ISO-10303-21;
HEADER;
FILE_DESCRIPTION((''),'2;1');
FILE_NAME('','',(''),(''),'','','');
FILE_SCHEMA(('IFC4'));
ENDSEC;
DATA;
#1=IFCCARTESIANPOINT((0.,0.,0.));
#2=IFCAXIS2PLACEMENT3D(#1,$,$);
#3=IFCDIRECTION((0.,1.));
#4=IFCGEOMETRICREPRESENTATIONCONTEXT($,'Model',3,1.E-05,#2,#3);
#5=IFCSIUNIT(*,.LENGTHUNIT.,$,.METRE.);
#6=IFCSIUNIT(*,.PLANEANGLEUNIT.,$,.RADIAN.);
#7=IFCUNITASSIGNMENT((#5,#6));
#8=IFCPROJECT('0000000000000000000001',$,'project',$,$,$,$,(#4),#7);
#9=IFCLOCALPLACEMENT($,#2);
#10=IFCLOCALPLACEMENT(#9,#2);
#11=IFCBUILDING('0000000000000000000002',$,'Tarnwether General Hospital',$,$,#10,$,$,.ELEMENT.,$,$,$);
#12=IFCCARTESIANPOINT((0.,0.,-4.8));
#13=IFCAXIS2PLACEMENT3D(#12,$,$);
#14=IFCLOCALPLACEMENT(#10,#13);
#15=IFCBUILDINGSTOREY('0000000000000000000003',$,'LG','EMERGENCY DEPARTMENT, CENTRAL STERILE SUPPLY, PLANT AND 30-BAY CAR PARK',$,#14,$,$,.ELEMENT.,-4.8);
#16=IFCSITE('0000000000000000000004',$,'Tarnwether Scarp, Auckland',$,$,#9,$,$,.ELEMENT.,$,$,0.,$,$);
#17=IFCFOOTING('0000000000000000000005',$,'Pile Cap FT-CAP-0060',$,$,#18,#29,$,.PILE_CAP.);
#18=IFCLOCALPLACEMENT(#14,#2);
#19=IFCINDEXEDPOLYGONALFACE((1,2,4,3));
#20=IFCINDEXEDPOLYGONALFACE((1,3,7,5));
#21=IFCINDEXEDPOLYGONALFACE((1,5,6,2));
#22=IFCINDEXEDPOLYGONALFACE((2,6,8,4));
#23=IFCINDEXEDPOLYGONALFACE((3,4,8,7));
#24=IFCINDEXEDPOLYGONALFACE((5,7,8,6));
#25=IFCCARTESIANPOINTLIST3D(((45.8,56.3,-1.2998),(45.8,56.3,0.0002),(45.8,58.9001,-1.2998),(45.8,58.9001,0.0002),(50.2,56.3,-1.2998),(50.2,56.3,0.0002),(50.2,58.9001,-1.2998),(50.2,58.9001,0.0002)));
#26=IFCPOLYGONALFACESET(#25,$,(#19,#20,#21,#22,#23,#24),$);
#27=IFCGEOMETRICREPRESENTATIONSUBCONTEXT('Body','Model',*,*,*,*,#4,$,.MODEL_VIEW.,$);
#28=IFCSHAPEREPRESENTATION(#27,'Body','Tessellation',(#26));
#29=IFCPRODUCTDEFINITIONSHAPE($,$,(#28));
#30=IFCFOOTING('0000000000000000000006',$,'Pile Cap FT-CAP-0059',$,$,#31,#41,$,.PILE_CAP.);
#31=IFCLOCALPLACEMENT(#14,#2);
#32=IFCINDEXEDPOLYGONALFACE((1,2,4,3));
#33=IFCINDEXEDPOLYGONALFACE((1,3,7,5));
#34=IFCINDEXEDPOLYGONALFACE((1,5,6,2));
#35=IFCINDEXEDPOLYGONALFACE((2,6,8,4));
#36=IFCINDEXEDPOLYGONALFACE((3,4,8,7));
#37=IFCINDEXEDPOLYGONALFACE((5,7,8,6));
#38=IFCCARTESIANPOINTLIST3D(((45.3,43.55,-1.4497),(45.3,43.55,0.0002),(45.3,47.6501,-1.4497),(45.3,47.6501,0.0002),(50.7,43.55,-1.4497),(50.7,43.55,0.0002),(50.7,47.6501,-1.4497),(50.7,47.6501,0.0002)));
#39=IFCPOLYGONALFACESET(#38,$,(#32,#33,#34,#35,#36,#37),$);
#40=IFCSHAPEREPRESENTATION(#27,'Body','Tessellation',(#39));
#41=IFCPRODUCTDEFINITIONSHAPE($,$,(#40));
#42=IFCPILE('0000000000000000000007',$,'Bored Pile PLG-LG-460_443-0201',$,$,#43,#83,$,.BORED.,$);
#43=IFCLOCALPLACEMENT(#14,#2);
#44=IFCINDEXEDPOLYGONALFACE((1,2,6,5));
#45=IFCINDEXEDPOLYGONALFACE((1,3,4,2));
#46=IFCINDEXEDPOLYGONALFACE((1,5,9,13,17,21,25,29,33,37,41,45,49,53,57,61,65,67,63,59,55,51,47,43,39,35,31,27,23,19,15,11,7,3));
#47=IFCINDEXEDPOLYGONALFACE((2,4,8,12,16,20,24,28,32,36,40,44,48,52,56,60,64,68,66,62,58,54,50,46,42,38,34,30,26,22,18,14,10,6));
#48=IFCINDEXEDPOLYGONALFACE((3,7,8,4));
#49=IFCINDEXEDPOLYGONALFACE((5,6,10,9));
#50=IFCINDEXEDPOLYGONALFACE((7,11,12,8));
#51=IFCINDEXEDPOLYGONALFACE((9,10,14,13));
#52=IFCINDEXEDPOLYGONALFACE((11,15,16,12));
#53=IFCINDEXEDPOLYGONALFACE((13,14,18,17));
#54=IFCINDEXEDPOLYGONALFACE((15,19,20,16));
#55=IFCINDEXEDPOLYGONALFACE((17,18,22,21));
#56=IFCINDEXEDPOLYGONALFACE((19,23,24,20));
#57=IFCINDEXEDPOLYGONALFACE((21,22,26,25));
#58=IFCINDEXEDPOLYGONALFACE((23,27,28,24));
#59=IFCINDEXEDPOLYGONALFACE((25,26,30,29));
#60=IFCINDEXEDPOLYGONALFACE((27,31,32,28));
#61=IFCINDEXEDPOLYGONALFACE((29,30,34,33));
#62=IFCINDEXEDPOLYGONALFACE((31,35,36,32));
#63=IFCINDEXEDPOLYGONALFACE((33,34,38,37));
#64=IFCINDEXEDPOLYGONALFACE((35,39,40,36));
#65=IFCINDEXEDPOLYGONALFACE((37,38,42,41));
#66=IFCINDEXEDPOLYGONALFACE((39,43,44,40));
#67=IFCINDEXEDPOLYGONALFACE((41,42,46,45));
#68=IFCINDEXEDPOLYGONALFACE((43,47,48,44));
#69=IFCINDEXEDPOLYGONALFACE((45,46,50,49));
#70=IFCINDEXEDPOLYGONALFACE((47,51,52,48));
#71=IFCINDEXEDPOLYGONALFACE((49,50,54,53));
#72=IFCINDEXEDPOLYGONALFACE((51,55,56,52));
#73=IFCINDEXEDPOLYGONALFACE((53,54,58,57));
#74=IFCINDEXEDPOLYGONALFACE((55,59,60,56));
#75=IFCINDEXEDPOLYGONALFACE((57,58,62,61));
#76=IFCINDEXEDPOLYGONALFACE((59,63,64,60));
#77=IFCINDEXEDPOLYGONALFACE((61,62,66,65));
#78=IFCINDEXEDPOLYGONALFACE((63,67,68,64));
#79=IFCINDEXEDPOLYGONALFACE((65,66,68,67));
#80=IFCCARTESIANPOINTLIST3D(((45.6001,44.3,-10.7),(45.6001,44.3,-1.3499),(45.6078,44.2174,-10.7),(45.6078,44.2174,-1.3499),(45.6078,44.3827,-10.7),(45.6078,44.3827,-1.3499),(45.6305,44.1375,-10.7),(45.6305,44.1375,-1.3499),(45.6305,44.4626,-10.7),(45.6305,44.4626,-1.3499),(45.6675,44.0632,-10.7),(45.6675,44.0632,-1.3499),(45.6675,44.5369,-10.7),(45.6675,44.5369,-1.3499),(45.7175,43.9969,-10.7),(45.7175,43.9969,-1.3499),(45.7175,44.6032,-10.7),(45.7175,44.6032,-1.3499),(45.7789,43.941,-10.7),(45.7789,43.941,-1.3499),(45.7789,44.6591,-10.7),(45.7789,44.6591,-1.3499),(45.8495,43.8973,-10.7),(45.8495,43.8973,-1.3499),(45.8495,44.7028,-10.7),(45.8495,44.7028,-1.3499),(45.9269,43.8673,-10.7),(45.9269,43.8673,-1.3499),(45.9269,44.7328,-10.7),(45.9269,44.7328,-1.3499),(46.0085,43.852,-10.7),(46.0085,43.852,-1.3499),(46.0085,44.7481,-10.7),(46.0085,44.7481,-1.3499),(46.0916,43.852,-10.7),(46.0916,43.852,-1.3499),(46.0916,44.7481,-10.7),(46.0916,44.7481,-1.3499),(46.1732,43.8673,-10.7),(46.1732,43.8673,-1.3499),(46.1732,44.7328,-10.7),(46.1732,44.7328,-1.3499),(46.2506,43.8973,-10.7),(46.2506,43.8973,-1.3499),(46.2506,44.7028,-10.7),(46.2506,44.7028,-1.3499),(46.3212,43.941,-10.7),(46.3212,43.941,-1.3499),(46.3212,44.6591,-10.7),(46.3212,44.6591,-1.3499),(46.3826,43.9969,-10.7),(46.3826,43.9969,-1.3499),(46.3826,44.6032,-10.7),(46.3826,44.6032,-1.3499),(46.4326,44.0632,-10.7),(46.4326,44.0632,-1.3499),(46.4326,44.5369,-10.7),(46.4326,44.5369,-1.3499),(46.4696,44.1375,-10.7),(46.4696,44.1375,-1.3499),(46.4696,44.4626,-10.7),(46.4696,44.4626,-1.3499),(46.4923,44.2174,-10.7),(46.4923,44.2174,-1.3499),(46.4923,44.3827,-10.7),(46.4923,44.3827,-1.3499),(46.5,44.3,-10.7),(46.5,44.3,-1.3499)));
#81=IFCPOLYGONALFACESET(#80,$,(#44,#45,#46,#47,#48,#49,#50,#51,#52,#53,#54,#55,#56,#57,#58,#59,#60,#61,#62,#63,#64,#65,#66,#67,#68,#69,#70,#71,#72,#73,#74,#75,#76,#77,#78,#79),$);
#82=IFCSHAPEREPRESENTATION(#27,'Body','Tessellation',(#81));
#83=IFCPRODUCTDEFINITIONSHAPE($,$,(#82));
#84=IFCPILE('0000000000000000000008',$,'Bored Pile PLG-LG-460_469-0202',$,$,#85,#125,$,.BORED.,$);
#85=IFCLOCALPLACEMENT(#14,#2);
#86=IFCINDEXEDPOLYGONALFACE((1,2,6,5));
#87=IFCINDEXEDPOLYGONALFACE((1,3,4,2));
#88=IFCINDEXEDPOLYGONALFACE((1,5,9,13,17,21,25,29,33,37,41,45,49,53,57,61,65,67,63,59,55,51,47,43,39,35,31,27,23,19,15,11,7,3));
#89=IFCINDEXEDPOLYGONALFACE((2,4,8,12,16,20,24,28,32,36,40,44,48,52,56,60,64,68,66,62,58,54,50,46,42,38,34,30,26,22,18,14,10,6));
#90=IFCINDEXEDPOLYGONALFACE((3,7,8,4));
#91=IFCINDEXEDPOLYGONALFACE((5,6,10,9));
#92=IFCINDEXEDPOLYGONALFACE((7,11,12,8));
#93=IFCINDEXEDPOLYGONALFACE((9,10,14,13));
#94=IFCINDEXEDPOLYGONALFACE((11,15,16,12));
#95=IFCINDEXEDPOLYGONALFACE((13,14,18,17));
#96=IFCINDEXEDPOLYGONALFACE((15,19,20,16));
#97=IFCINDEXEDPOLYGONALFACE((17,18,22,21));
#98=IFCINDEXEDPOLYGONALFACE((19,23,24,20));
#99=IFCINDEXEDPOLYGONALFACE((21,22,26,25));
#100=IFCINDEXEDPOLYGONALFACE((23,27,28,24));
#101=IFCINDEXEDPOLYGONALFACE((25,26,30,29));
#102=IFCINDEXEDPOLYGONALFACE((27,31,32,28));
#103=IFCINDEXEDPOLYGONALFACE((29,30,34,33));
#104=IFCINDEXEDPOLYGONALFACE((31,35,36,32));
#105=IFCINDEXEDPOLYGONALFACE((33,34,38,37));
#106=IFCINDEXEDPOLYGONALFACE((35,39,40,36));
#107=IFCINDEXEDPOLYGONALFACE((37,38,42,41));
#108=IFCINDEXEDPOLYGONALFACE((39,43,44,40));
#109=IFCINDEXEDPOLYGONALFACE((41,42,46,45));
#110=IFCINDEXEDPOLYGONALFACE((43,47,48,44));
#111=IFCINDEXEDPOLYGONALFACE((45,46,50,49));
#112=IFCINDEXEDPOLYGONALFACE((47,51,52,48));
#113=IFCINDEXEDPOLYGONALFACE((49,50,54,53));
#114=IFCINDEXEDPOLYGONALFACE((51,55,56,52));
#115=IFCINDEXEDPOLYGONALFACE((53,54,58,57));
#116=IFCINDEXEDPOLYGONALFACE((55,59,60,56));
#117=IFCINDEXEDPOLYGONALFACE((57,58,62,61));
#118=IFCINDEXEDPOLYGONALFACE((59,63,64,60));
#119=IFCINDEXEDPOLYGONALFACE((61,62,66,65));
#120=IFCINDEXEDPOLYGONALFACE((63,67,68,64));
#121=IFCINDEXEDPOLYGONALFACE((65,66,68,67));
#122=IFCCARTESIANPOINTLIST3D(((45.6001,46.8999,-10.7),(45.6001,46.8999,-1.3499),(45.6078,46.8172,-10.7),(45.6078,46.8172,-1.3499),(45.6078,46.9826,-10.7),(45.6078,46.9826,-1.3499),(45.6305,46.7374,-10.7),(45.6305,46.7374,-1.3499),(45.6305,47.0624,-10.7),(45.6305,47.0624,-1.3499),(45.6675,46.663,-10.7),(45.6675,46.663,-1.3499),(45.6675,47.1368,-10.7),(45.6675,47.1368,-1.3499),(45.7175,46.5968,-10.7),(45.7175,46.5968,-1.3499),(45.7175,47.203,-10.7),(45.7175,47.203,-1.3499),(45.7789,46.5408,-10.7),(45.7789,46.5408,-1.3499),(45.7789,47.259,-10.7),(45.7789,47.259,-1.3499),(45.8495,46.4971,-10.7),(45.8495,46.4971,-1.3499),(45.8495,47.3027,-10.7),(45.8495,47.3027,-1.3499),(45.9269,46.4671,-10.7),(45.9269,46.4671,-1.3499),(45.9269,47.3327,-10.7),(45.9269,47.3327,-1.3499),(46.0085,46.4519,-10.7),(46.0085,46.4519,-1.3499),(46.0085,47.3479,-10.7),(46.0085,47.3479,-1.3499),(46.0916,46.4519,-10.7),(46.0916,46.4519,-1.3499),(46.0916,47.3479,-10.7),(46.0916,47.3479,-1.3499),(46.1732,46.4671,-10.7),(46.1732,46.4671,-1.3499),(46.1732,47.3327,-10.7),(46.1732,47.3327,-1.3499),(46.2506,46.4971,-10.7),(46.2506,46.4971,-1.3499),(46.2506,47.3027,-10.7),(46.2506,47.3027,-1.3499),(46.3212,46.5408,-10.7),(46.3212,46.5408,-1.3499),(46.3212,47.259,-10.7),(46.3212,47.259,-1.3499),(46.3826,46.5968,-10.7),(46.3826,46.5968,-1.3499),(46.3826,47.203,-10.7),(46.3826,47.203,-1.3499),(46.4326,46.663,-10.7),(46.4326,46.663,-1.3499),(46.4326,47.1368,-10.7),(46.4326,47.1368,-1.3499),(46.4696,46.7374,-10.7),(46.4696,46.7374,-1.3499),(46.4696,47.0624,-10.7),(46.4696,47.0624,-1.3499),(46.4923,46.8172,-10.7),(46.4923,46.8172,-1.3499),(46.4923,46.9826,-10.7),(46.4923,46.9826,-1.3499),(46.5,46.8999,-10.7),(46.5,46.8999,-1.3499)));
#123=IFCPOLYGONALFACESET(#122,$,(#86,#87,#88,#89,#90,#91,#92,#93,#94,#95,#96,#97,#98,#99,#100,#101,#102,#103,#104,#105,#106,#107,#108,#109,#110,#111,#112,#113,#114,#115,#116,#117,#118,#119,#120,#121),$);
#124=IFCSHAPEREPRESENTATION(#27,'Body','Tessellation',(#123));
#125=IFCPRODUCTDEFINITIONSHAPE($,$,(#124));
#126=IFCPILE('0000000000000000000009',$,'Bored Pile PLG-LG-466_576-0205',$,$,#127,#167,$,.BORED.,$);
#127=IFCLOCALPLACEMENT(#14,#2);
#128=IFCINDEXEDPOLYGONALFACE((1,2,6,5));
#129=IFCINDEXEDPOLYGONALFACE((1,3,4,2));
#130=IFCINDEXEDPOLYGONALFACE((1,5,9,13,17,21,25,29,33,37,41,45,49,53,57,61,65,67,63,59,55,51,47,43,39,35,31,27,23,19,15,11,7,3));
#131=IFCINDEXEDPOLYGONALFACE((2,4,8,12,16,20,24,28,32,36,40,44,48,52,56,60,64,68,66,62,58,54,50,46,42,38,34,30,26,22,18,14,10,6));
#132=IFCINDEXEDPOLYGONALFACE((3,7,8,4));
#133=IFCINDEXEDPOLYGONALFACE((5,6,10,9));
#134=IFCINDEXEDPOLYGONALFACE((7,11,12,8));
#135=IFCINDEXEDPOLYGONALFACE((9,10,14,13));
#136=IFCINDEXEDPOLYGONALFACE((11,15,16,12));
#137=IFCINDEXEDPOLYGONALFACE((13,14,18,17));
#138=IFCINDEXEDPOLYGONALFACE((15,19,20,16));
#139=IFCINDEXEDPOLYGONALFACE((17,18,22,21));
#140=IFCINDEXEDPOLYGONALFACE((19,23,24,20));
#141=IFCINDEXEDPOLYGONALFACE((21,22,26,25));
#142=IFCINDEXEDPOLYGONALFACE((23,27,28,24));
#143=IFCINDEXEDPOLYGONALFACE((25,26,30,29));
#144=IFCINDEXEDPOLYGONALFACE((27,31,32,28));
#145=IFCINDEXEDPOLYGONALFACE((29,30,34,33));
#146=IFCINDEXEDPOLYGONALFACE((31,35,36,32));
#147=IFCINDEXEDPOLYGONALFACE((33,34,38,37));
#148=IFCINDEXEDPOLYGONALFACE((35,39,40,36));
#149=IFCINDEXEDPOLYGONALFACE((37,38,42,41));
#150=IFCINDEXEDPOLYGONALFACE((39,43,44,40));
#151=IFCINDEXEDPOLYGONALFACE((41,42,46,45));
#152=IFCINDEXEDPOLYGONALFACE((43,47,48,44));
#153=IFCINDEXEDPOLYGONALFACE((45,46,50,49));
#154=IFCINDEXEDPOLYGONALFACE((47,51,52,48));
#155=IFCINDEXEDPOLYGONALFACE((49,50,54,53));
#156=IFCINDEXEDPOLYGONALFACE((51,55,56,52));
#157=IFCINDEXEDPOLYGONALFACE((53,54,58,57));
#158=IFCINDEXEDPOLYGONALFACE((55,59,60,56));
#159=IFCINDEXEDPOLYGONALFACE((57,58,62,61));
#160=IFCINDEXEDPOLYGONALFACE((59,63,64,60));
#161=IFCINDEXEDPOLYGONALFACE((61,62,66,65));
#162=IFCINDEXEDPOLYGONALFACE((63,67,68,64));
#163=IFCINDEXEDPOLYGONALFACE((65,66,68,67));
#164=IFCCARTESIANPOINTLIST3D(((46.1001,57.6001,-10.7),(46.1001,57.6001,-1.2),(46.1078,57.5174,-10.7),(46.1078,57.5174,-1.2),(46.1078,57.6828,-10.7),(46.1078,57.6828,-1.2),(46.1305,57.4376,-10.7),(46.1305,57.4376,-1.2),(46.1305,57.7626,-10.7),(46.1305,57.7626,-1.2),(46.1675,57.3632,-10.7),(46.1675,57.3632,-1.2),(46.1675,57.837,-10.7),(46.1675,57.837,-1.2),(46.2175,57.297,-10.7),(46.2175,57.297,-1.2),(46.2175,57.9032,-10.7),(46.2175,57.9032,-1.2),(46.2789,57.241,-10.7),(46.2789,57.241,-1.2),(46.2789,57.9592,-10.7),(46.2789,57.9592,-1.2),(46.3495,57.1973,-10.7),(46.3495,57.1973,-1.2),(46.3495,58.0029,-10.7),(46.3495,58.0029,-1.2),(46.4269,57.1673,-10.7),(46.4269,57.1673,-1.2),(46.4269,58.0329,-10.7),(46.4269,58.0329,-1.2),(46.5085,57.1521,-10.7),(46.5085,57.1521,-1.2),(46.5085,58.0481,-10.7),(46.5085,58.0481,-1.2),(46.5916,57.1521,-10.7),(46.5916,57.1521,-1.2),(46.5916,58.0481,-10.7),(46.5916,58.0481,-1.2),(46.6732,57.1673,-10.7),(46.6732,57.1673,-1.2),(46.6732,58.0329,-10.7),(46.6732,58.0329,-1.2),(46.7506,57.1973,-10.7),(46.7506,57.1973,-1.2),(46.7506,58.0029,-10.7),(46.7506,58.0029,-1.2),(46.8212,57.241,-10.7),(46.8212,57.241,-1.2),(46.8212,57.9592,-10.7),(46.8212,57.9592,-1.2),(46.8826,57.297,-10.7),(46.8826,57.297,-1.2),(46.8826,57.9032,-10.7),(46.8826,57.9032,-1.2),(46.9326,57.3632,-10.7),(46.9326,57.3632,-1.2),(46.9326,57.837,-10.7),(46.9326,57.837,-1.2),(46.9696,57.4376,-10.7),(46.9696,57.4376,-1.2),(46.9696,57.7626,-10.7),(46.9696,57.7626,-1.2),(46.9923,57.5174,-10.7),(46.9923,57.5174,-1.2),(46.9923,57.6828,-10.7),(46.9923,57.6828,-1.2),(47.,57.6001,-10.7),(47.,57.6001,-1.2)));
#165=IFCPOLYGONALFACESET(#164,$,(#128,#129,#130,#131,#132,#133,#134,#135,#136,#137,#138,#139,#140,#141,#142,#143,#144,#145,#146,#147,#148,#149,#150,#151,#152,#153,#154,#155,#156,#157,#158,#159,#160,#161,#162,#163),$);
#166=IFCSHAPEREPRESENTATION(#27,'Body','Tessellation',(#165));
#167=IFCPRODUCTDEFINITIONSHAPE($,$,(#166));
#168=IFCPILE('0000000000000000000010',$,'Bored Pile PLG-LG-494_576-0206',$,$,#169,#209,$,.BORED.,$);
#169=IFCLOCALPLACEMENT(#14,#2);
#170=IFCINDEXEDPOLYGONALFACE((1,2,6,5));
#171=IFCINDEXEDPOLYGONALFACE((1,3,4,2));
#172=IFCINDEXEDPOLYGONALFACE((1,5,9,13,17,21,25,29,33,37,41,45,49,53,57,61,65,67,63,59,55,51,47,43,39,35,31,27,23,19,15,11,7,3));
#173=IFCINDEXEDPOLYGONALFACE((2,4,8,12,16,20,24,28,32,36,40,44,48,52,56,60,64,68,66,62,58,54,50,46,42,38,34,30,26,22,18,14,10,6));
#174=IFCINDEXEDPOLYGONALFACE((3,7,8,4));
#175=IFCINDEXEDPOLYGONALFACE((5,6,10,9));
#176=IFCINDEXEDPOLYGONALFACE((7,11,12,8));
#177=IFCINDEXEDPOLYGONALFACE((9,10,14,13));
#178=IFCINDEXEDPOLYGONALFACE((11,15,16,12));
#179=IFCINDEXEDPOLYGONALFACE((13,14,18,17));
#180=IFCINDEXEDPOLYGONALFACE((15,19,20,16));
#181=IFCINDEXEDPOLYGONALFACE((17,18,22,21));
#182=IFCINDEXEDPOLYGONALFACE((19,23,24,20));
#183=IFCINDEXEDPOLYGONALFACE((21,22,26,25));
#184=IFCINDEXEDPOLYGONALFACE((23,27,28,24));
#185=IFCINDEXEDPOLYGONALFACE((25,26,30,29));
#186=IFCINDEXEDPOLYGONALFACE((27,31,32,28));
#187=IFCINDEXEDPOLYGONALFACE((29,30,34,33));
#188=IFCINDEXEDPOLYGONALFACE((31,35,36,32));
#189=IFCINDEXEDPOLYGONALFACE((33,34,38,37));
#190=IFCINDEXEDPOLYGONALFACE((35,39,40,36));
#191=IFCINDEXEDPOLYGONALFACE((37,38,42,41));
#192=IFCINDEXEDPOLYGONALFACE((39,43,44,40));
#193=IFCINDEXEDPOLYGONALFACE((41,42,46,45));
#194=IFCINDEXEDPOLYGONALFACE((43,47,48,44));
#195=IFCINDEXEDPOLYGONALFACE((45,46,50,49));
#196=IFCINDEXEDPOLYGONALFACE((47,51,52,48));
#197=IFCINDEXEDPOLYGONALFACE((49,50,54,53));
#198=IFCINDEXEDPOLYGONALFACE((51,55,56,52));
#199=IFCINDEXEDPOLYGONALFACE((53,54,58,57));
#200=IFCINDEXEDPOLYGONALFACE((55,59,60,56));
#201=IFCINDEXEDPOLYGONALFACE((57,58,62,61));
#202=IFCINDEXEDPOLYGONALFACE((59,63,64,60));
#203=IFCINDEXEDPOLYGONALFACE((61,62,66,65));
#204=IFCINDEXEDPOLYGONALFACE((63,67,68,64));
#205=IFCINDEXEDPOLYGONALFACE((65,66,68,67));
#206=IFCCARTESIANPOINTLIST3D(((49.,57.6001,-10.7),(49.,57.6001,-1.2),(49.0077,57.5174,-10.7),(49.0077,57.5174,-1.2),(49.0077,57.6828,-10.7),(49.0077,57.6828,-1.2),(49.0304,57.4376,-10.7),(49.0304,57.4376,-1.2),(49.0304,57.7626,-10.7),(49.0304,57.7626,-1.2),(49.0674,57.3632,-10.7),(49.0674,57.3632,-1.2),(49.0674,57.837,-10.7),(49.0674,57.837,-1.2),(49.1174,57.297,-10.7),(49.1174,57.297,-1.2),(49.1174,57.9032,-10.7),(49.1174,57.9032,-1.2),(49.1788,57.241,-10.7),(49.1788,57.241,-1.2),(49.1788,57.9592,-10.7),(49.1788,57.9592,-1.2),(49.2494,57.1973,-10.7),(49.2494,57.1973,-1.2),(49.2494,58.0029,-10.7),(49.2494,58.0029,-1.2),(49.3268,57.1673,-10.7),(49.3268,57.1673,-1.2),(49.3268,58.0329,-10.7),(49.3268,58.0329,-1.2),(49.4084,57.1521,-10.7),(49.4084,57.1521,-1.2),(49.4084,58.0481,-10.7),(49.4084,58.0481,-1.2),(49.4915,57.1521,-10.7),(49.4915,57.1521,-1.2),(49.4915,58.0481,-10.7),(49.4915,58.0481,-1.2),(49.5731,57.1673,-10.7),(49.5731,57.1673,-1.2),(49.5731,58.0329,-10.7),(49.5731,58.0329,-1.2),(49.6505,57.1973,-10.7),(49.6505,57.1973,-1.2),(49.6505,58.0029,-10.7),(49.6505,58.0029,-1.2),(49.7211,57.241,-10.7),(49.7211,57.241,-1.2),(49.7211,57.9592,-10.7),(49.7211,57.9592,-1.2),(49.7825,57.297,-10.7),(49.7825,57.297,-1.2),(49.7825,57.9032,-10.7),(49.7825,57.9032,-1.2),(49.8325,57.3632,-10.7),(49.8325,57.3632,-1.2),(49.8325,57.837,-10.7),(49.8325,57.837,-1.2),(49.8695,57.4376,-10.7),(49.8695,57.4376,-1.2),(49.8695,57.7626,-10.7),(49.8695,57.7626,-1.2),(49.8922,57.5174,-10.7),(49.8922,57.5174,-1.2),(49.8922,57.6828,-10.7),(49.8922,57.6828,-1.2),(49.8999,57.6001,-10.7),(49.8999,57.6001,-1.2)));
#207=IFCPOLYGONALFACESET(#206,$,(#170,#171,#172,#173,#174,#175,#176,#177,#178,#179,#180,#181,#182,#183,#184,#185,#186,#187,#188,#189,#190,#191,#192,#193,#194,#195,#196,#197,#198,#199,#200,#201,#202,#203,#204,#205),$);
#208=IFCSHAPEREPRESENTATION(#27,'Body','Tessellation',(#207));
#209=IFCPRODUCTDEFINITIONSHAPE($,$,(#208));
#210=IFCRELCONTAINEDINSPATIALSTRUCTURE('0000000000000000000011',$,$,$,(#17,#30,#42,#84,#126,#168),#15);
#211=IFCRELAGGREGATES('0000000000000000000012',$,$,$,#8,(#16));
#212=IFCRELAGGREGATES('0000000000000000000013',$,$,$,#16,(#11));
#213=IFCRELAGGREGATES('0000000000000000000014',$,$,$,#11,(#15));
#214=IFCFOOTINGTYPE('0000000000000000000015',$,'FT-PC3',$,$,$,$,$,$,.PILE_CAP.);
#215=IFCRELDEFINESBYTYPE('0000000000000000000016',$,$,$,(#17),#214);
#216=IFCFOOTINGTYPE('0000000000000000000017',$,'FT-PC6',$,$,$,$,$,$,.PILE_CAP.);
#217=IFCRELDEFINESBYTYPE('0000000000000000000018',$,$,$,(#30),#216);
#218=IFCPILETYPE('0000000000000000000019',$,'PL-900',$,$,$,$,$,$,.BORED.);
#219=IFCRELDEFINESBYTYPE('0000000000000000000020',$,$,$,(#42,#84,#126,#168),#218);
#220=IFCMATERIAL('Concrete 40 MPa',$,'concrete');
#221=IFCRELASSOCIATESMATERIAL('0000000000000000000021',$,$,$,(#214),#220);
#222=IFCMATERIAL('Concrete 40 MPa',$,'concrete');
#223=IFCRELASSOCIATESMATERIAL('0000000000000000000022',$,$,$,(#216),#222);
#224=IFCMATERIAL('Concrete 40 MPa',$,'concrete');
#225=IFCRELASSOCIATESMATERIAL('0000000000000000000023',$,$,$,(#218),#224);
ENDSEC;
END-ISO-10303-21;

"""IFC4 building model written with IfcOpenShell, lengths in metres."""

from ifc_helpers import new_model, si_unit, direction, frame, origin, origin_2d, place, context, subcontext, project, spatial, rectangle, circle, extrude, material, material_profile, profile_set, type_object, element, save


model = new_model("IFC4")

# Units and contexts
model_context = context("Model", 3, precision=1e-05, world=origin(), true_north=direction((0.0, 1.0)))
body_context = subcontext(model_context, "Body", "Model", "MODEL_VIEW")
ifc_project = project(units=[si_unit("LENGTHUNIT", "METRE"), si_unit("PLANEANGLEUNIT", "RADIAN")], contexts=[model_context])

# Site, building, storey
site_placement = place(None, origin())
site = spatial("IfcSite", under=ifc_project, at=site_placement, Name="Tarnwether Scarp, Auckland", CompositionType="ELEMENT", RefElevation=0.0)
building_placement = place(site_placement, origin())
building = spatial("IfcBuilding", under=site, at=building_placement, Name="Tarnwether General Hospital", CompositionType="ELEMENT")
storey_placement = place(building_placement, frame((0.0, 0.0, -4.8)))
storey = spatial("IfcBuildingStorey", under=building, at=storey_placement, Name="LG", Description="EMERGENCY DEPARTMENT, CENTRAL STERILE SUPPLY, PLANT AND 30-BAY CAR PARK", CompositionType="ELEMENT", Elevation=-4.8)

# Footings
ifc_material_1 = material(Name="Concrete 40 MPa", Category="concrete")
footing_type_1 = type_object("IfcFootingType", Name="FT-PC3", PredefinedType="PILE_CAP", material=ifc_material_1)
footing_1_placement = place(storey_placement, frame((48.0, 57.6001, -1.2998), z_axis=(0.0, 0.0, 1.0), x_axis=(1.0, 0.0, 0.0)))
element("IfcFooting", 1, at=footing_1_placement, inside=storey, type_object=footing_type_1, Name="Pile Cap FT-CAP-0060", PredefinedType="PILE_CAP", context=body_context, shape_type="SweptSolid", body=[
    extrude(rectangle(XDim=4.3999, YDim=2.6001, at=origin_2d()), origin(), (0.0, 0.0, 1.0), 1.3),
])
ifc_material_2 = material(Name="Concrete 40 MPa", Category="concrete")
footing_type_2 = type_object("IfcFootingType", Name="FT-PC6", PredefinedType="PILE_CAP", material=ifc_material_2)
footing_2_placement = place(storey_placement, frame((48.0, 45.6001, -1.4497), z_axis=(0.0, 0.0, 1.0), x_axis=(1.0, 0.0, 0.0)))
element("IfcFooting", 2, at=footing_2_placement, inside=storey, type_object=footing_type_2, Name="Pile Cap FT-CAP-0059", PredefinedType="PILE_CAP", context=body_context, shape_type="SweptSolid", body=[
    extrude(rectangle(XDim=5.3999, YDim=4.1001, at=origin_2d()), origin(), (0.0, 0.0, 1.0), 1.45),
])

# Piles
ifc_material_3 = material(Name="Concrete 40 MPa", Category="concrete")
ifc_material_profile_1 = material_profile(ifc_material_3, circle(Radius=0.45, at=origin_2d()), Name="PILE-D900")
ifc_profile_set_1 = profile_set([ifc_material_profile_1], Name="Concrete 40 MPa")
pile_type = type_object("IfcPileType", Name="PL-900", PredefinedType="BORED", material=ifc_profile_set_1)
for number, where, z_axis, x_axis, name in (
    (3, (46.05, 44.3, -1.3499), (0.0, 0.0, -1.0), (1.0, 0.0, 0.0), "Bored Pile PLG-LG-460_443-0201"),
    (4, (46.05, 46.8999, -1.3499), (0.0, 0.0, -1.0), (1.0, 0.0, 0.0), "Bored Pile PLG-LG-460_469-0202"),
):
    element("IfcPile", number, at=place(storey_placement, frame(where, z_axis=z_axis, x_axis=x_axis)), inside=storey, type_object=pile_type, Name=name, PredefinedType="BORED", context=body_context, shape_type="SweptSolid", body=[
        extrude(circle(Radius=0.45, at=origin_2d()), origin(), (0.0, 0.0, 1.0), 9.3501),
    ])
for number, where, z_axis, x_axis, name in (
    (5, (46.55, 57.6001, -1.2), (0.0, 0.0, -1.0), (1.0, 0.0, 0.0), "Bored Pile PLG-LG-466_576-0205"),
    (6, (49.45, 57.6001, -1.2), (0.0, 0.0, -1.0), (1.0, 0.0, 0.0), "Bored Pile PLG-LG-494_576-0206"),
):
    element("IfcPile", number, at=place(storey_placement, frame(where, z_axis=z_axis, x_axis=x_axis)), inside=storey, type_object=pile_type, Name=name, PredefinedType="BORED", context=body_context, shape_type="SweptSolid", body=[
        extrude(circle(Radius=0.45, at=origin_2d()), origin(), (0.0, 0.0, 1.0), 9.5),
    ])

save(model, "model.ifc")
